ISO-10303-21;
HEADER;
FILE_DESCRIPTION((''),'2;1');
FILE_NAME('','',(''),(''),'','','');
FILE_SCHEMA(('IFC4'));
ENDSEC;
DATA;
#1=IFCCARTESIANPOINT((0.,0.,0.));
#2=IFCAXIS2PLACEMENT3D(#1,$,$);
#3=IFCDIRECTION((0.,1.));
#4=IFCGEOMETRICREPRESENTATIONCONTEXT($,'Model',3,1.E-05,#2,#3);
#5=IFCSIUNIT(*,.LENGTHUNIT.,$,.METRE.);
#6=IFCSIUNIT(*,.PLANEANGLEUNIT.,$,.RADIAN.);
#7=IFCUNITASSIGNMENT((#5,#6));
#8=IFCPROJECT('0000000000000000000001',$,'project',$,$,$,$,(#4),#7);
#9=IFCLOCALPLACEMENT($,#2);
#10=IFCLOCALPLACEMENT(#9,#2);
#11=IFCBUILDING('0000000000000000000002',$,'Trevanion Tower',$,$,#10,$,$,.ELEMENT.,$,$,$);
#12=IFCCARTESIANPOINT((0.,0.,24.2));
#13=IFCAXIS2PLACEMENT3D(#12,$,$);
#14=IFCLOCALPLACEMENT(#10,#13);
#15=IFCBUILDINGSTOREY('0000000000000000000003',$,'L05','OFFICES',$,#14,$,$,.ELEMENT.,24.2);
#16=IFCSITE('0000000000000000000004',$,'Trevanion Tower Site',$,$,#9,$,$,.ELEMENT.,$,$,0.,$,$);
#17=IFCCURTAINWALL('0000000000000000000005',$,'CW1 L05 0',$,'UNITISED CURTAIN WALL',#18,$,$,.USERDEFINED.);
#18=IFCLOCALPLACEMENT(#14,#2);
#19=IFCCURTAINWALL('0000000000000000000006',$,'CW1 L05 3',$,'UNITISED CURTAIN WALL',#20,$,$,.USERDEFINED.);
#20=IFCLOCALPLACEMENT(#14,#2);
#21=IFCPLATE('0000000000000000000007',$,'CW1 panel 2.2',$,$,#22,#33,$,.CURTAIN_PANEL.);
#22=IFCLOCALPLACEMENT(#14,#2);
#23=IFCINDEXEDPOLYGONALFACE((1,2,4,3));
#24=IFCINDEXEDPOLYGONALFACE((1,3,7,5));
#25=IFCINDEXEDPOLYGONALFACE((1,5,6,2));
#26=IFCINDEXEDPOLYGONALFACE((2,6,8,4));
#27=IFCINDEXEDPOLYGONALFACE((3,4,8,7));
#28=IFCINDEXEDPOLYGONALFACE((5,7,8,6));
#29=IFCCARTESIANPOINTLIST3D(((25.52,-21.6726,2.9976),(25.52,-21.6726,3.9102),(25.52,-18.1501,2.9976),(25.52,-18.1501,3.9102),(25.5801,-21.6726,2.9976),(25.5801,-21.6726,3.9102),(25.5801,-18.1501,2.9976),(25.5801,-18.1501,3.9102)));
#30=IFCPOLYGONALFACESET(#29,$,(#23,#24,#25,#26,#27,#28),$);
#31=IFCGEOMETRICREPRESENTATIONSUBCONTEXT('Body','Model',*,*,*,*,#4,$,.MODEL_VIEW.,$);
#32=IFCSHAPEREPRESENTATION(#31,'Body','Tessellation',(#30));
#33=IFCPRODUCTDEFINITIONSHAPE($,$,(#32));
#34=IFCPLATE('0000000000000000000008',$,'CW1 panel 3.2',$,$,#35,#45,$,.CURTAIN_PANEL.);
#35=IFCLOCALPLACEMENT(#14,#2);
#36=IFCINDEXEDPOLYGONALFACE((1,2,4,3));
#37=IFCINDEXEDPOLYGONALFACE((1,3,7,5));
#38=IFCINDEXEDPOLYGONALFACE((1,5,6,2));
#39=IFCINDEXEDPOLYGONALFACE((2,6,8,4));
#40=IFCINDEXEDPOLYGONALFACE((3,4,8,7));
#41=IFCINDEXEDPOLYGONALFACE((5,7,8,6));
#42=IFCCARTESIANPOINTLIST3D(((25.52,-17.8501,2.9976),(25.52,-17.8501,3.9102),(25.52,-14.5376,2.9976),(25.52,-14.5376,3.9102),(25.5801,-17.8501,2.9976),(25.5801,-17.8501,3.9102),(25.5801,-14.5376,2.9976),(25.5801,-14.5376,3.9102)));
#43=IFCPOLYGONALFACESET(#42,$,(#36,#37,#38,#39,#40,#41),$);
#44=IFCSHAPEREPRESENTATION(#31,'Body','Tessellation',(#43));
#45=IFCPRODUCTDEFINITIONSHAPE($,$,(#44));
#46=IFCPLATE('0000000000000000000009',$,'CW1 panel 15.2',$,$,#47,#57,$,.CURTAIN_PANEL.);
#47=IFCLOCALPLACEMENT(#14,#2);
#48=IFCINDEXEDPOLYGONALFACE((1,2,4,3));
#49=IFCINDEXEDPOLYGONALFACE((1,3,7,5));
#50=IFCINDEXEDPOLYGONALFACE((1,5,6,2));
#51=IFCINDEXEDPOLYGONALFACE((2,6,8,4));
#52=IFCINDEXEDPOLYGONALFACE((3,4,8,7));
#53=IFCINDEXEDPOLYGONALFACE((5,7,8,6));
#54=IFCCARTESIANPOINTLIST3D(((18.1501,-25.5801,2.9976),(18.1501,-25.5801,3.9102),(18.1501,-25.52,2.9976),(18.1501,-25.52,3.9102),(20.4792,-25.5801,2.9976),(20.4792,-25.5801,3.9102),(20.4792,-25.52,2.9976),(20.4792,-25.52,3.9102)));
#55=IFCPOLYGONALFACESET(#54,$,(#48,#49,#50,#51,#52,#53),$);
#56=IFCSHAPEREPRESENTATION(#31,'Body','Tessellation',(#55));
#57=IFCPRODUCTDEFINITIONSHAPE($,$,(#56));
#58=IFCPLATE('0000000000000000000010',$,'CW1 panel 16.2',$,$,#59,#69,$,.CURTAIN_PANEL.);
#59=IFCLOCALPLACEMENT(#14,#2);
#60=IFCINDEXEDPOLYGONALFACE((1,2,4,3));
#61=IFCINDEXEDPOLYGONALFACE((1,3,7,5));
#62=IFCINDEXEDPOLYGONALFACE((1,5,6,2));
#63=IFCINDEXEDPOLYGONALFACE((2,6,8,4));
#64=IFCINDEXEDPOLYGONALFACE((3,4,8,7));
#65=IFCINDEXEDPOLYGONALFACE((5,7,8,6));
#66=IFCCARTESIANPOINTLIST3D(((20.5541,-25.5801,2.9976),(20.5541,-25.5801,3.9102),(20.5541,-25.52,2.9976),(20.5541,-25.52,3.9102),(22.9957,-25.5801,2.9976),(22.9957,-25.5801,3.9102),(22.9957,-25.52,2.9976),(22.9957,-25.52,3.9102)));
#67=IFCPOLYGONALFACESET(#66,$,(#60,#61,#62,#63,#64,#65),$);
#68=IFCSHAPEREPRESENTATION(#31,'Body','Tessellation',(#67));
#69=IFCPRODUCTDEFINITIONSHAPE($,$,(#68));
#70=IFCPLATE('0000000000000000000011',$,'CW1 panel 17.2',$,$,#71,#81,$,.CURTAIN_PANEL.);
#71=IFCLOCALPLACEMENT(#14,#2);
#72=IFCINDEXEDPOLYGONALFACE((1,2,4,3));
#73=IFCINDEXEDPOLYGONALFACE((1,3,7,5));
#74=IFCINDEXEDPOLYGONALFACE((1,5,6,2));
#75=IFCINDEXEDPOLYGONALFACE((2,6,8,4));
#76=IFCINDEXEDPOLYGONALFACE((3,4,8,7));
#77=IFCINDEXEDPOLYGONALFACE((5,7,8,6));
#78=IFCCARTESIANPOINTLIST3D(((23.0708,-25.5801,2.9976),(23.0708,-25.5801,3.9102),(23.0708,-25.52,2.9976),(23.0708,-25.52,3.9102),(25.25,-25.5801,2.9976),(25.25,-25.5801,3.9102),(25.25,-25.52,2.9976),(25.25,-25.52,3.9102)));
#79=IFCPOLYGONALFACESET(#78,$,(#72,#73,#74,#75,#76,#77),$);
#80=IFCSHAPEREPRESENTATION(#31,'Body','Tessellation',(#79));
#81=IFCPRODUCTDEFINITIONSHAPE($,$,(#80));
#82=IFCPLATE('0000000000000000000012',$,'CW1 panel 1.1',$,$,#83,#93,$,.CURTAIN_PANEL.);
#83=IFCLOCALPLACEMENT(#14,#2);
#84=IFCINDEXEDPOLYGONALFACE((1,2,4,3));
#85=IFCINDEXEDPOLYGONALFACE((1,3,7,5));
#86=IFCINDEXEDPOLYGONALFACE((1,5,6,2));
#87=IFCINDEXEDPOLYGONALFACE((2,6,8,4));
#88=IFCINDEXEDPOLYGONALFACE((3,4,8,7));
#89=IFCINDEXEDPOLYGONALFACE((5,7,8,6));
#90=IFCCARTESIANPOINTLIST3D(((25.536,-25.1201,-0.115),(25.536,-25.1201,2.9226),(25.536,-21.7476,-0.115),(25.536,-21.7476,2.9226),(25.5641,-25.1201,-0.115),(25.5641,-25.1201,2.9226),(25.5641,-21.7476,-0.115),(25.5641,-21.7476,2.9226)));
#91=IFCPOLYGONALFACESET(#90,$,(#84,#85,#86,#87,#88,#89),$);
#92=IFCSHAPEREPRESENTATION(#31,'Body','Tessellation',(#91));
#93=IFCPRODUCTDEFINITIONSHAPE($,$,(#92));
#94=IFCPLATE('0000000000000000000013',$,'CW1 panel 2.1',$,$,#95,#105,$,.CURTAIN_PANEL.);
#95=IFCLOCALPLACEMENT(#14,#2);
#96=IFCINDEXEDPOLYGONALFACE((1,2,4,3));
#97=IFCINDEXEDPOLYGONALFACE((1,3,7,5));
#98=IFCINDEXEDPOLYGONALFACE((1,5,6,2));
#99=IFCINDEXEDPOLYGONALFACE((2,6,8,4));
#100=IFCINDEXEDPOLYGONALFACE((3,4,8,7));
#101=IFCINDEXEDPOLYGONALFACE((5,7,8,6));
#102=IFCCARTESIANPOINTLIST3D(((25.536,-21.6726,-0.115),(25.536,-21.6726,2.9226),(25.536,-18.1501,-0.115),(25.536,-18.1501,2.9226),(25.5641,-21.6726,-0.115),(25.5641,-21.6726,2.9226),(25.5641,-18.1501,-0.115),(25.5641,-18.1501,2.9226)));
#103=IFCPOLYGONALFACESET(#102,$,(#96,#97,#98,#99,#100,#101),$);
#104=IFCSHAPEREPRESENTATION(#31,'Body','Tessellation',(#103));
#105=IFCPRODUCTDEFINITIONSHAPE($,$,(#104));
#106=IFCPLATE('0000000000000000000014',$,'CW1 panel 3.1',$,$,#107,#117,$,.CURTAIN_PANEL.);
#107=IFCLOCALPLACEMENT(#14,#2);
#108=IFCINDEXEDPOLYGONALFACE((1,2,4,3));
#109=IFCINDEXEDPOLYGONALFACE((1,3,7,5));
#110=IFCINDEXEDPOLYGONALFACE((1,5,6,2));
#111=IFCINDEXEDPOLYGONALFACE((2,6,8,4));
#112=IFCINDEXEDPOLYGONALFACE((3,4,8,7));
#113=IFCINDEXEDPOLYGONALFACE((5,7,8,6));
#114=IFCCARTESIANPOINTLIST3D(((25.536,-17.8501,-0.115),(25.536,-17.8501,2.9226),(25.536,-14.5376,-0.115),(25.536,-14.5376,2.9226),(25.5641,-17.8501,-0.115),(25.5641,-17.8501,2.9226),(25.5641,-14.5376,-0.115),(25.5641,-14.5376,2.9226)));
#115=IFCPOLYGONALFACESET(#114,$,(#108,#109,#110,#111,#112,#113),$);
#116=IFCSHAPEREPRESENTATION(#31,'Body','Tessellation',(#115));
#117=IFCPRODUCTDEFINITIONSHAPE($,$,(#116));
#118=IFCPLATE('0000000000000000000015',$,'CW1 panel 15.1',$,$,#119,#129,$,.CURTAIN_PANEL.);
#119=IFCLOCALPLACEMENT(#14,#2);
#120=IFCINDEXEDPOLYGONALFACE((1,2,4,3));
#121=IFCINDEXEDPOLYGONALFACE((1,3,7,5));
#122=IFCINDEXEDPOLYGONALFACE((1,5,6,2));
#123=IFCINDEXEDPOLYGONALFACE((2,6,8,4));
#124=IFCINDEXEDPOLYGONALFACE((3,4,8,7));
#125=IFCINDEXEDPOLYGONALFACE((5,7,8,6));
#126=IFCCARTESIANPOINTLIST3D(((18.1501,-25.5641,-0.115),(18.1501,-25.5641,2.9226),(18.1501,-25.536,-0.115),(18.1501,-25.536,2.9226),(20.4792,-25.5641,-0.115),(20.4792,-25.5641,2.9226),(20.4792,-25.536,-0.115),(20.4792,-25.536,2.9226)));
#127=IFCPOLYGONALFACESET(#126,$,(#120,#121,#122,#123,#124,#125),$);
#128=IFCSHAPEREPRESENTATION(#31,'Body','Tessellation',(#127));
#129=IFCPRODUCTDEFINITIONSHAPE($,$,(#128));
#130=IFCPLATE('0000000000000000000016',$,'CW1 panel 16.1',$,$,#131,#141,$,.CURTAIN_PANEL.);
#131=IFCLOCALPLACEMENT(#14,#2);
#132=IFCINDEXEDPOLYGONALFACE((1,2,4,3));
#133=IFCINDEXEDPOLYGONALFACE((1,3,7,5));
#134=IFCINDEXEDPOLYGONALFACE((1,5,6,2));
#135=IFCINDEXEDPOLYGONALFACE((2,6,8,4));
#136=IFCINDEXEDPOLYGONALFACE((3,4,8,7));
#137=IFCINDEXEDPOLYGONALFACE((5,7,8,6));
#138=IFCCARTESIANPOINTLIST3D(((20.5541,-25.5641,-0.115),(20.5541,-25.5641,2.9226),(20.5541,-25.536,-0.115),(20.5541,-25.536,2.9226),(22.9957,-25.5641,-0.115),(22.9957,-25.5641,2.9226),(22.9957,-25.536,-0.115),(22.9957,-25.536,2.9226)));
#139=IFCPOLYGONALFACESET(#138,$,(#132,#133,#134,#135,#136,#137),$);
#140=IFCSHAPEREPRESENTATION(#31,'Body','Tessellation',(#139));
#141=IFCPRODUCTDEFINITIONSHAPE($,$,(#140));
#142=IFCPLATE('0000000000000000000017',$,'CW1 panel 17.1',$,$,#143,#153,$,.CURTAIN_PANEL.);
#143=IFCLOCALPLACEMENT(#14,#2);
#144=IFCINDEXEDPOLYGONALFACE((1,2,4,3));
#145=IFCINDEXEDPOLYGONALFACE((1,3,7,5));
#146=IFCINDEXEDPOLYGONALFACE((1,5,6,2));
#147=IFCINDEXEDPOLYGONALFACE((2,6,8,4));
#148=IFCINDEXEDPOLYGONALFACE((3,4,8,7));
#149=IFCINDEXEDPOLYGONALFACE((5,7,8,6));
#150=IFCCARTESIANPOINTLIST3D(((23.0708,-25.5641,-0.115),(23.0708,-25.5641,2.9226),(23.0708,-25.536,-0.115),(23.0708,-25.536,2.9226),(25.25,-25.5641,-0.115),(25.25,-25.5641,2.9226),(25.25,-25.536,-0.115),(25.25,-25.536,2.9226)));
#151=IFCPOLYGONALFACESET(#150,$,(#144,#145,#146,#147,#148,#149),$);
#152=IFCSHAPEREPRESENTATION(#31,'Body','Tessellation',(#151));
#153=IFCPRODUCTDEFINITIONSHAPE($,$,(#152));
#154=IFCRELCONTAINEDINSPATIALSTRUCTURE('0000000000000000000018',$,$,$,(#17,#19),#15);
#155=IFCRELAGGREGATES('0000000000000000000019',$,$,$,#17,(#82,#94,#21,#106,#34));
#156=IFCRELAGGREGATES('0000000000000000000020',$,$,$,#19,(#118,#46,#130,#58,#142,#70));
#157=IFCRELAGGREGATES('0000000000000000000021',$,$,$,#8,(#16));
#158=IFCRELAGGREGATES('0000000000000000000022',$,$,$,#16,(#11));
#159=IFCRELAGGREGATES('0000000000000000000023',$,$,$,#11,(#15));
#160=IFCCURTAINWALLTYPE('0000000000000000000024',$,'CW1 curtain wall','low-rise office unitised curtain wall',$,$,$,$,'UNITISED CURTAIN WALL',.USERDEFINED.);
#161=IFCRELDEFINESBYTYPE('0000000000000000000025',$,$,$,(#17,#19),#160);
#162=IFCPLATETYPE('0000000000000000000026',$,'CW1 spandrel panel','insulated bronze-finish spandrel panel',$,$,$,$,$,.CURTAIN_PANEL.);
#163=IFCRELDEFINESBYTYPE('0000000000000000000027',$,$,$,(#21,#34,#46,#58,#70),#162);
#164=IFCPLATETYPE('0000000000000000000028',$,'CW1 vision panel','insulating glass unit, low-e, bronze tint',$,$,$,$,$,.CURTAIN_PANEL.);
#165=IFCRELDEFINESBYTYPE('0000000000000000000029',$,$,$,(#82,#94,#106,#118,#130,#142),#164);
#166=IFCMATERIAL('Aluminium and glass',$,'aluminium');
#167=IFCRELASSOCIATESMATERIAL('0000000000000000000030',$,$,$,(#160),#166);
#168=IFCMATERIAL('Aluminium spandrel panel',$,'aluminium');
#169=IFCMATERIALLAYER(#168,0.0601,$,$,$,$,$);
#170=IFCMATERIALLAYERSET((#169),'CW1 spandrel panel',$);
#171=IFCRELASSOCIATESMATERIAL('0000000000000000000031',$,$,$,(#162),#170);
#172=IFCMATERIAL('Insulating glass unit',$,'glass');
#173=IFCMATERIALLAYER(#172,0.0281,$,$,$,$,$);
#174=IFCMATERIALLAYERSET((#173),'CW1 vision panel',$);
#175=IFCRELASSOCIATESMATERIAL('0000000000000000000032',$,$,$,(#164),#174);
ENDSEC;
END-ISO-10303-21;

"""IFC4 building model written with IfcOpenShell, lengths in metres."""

from ifc_helpers import new_model, si_unit, direction, frame, origin, origin_2d, place, context, subcontext, project, spatial, rectangle, extrude, material, layer, layer_set, type_object, element, aggregate, save


model = new_model("IFC4")

# Units and contexts
model_context = context("Model", 3, precision=1e-05, world=origin(), true_north=direction((0.0, 1.0)))
body_context = subcontext(model_context, "Body", "Model", "MODEL_VIEW")
ifc_project = project(units=[si_unit("LENGTHUNIT", "METRE"), si_unit("PLANEANGLEUNIT", "RADIAN")], contexts=[model_context])

# Site, building, storey
site_placement = place(None, origin())
site = spatial("IfcSite", under=ifc_project, at=site_placement, Name="Trevanion Tower Site", CompositionType="ELEMENT", RefElevation=0.0)
building_placement = place(site_placement, origin())
building = spatial("IfcBuilding", under=site, at=building_placement, Name="Trevanion Tower", CompositionType="ELEMENT")
storey_placement = place(building_placement, frame((0.0, 0.0, 24.2)))
storey = spatial("IfcBuildingStorey", under=building, at=storey_placement, Name="L05", Description="OFFICES", CompositionType="ELEMENT", Elevation=24.2)

# Curtain wall
ifc_material_1 = material(Name="Aluminium and glass", Category="aluminium")
curtain_wall_type = type_object("IfcCurtainWallType", Name="CW1 curtain wall", Description="low-rise office unitised curtain wall", ElementType="UNITISED CURTAIN WALL", PredefinedType="USERDEFINED", material=ifc_material_1)
curtain_wall_1_placement = place(storey_placement, origin())
curtain_wall_1 = element("IfcCurtainWall", 1, at=curtain_wall_1_placement, inside=storey, type_object=curtain_wall_type, Name="CW1 L05 0", ObjectType="UNITISED CURTAIN WALL", PredefinedType="USERDEFINED")

# Curtain wall
curtain_wall_2_placement = place(storey_placement, origin())
curtain_wall_2 = element("IfcCurtainWall", 2, at=curtain_wall_2_placement, inside=storey, type_object=curtain_wall_type, Name="CW1 L05 3", ObjectType="UNITISED CURTAIN WALL", PredefinedType="USERDEFINED")

# Plates
ifc_material_2 = material(Name="Aluminium spandrel panel", Category="aluminium")
ifc_layer_1 = layer(ifc_material_2, 0.0601)
ifc_layer_set_1 = layer_set([ifc_layer_1], Name="CW1 spandrel panel")
plate_type_1 = type_object("IfcPlateType", Name="CW1 spandrel panel", Description="insulated bronze-finish spandrel panel", PredefinedType="CURTAIN_PANEL", material=ifc_layer_set_1)
plate_1_placement = place(storey_placement, frame((25.55, -19.9114, 2.9976), z_axis=(0.0, 0.0, 1.0), x_axis=(0.0, 1.0, 0.0)))
plate_1 = element("IfcPlate", 3, at=plate_1_placement, type_object=plate_type_1, Name="CW1 panel 2.2", PredefinedType="CURTAIN_PANEL", context=body_context, shape_type="SweptSolid", body=[
    extrude(rectangle(XDim=3.5225, YDim=0.0601, at=origin_2d()), origin(), (0.0, 0.0, 1.0), 0.9126),
])
plate_2_placement = place(storey_placement, frame((25.55, -16.1938, 2.9976), z_axis=(0.0, 0.0, 1.0), x_axis=(0.0, 1.0, 0.0)))
plate_2 = element("IfcPlate", 4, at=plate_2_placement, type_object=plate_type_1, Name="CW1 panel 3.2", PredefinedType="CURTAIN_PANEL", context=body_context, shape_type="SweptSolid", body=[
    extrude(rectangle(XDim=3.3125, YDim=0.0601, at=origin_2d()), origin(), (0.0, 0.0, 1.0), 0.9126),
])
plate_3_placement = place(storey_placement, frame((19.3147, -25.55, 2.9976), z_axis=(0.0, 0.0, 1.0), x_axis=(1.0, 0.0, 0.0)))
plate_3 = element("IfcPlate", 5, at=plate_3_placement, type_object=plate_type_1, Name="CW1 panel 15.2", PredefinedType="CURTAIN_PANEL", context=body_context, shape_type="SweptSolid", body=[
    extrude(rectangle(XDim=2.3291, YDim=0.0601, at=origin_2d()), origin(), (0.0, 0.0, 1.0), 0.9126),
])
plate_4_placement = place(storey_placement, frame((21.7749, -25.55, 2.9976), z_axis=(0.0, 0.0, 1.0), x_axis=(1.0, 0.0, 0.0)))
plate_4 = element("IfcPlate", 6, at=plate_4_placement, type_object=plate_type_1, Name="CW1 panel 16.2", PredefinedType="CURTAIN_PANEL", context=body_context, shape_type="SweptSolid", body=[
    extrude(rectangle(XDim=2.4417, YDim=0.0601, at=origin_2d()), origin(), (0.0, 0.0, 1.0), 0.9126),
])
plate_5_placement = place(storey_placement, frame((24.1604, -25.55, 2.9976), z_axis=(0.0, 0.0, 1.0), x_axis=(1.0, 0.0, 0.0)))
plate_5 = element("IfcPlate", 7, at=plate_5_placement, type_object=plate_type_1, Name="CW1 panel 17.2", PredefinedType="CURTAIN_PANEL", context=body_context, shape_type="SweptSolid", body=[
    extrude(rectangle(XDim=2.1792, YDim=0.0601, at=origin_2d()), origin(), (0.0, 0.0, 1.0), 0.9126),
])
ifc_material_3 = material(Name="Insulating glass unit", Category="glass")
ifc_layer_2 = layer(ifc_material_3, 0.0281)
ifc_layer_set_2 = layer_set([ifc_layer_2], Name="CW1 vision panel")
plate_type_2 = type_object("IfcPlateType", Name="CW1 vision panel", Description="insulating glass unit, low-e, bronze tint", PredefinedType="CURTAIN_PANEL", material=ifc_layer_set_2)
plate_6_placement = place(storey_placement, frame((25.55, -23.4338, -0.115), z_axis=(0.0, 0.0, 1.0), x_axis=(0.0, 1.0, 0.0)))
plate_6 = element("IfcPlate", 8, at=plate_6_placement, type_object=plate_type_2, Name="CW1 panel 1.1", PredefinedType="CURTAIN_PANEL", context=body_context, shape_type="SweptSolid", body=[
    extrude(rectangle(XDim=3.3726, YDim=0.0281, at=origin_2d()), origin(), (0.0, 0.0, 1.0), 3.0376),
])
plate_7_placement = place(storey_placement, frame((25.55, -19.9114, -0.115), z_axis=(0.0, 0.0, 1.0), x_axis=(0.0, 1.0, 0.0)))
plate_7 = element("IfcPlate", 9, at=plate_7_placement, type_object=plate_type_2, Name="CW1 panel 2.1", PredefinedType="CURTAIN_PANEL", context=body_context, shape_type="SweptSolid", body=[
    extrude(rectangle(XDim=3.5225, YDim=0.0281, at=origin_2d()), origin(), (0.0, 0.0, 1.0), 3.0376),
])
plate_8_placement = place(storey_placement, frame((25.55, -16.1938, -0.115), z_axis=(0.0, 0.0, 1.0), x_axis=(0.0, 1.0, 0.0)))
plate_8 = element("IfcPlate", 10, at=plate_8_placement, type_object=plate_type_2, Name="CW1 panel 3.1", PredefinedType="CURTAIN_PANEL", context=body_context, shape_type="SweptSolid", body=[
    extrude(rectangle(XDim=3.3125, YDim=0.0281, at=origin_2d()), origin(), (0.0, 0.0, 1.0), 3.0376),
])
aggregate(curtain_wall_1, [plate_6, plate_7, plate_1, plate_8, plate_2])
plate_9_placement = place(storey_placement, frame((19.3147, -25.55, -0.115), z_axis=(0.0, 0.0, 1.0), x_axis=(1.0, 0.0, 0.0)))
plate_9 = element("IfcPlate", 11, at=plate_9_placement, type_object=plate_type_2, Name="CW1 panel 15.1", PredefinedType="CURTAIN_PANEL", context=body_context, shape_type="SweptSolid", body=[
    extrude(rectangle(XDim=2.3291, YDim=0.0281, at=origin_2d()), origin(), (0.0, 0.0, 1.0), 3.0376),
])
plate_10_placement = place(storey_placement, frame((21.7749, -25.55, -0.115), z_axis=(0.0, 0.0, 1.0), x_axis=(1.0, 0.0, 0.0)))
plate_10 = element("IfcPlate", 12, at=plate_10_placement, type_object=plate_type_2, Name="CW1 panel 16.1", PredefinedType="CURTAIN_PANEL", context=body_context, shape_type="SweptSolid", body=[
    extrude(rectangle(XDim=2.4417, YDim=0.0281, at=origin_2d()), origin(), (0.0, 0.0, 1.0), 3.0376),
])
plate_11_placement = place(storey_placement, frame((24.1604, -25.55, -0.115), z_axis=(0.0, 0.0, 1.0), x_axis=(1.0, 0.0, 0.0)))
plate_11 = element("IfcPlate", 13, at=plate_11_placement, type_object=plate_type_2, Name="CW1 panel 17.1", PredefinedType="CURTAIN_PANEL", context=body_context, shape_type="SweptSolid", body=[
    extrude(rectangle(XDim=2.1792, YDim=0.0281, at=origin_2d()), origin(), (0.0, 0.0, 1.0), 3.0376),
])
aggregate(curtain_wall_2, [plate_9, plate_3, plate_10, plate_4, plate_11, plate_5])

save(model, "model.ifc")
